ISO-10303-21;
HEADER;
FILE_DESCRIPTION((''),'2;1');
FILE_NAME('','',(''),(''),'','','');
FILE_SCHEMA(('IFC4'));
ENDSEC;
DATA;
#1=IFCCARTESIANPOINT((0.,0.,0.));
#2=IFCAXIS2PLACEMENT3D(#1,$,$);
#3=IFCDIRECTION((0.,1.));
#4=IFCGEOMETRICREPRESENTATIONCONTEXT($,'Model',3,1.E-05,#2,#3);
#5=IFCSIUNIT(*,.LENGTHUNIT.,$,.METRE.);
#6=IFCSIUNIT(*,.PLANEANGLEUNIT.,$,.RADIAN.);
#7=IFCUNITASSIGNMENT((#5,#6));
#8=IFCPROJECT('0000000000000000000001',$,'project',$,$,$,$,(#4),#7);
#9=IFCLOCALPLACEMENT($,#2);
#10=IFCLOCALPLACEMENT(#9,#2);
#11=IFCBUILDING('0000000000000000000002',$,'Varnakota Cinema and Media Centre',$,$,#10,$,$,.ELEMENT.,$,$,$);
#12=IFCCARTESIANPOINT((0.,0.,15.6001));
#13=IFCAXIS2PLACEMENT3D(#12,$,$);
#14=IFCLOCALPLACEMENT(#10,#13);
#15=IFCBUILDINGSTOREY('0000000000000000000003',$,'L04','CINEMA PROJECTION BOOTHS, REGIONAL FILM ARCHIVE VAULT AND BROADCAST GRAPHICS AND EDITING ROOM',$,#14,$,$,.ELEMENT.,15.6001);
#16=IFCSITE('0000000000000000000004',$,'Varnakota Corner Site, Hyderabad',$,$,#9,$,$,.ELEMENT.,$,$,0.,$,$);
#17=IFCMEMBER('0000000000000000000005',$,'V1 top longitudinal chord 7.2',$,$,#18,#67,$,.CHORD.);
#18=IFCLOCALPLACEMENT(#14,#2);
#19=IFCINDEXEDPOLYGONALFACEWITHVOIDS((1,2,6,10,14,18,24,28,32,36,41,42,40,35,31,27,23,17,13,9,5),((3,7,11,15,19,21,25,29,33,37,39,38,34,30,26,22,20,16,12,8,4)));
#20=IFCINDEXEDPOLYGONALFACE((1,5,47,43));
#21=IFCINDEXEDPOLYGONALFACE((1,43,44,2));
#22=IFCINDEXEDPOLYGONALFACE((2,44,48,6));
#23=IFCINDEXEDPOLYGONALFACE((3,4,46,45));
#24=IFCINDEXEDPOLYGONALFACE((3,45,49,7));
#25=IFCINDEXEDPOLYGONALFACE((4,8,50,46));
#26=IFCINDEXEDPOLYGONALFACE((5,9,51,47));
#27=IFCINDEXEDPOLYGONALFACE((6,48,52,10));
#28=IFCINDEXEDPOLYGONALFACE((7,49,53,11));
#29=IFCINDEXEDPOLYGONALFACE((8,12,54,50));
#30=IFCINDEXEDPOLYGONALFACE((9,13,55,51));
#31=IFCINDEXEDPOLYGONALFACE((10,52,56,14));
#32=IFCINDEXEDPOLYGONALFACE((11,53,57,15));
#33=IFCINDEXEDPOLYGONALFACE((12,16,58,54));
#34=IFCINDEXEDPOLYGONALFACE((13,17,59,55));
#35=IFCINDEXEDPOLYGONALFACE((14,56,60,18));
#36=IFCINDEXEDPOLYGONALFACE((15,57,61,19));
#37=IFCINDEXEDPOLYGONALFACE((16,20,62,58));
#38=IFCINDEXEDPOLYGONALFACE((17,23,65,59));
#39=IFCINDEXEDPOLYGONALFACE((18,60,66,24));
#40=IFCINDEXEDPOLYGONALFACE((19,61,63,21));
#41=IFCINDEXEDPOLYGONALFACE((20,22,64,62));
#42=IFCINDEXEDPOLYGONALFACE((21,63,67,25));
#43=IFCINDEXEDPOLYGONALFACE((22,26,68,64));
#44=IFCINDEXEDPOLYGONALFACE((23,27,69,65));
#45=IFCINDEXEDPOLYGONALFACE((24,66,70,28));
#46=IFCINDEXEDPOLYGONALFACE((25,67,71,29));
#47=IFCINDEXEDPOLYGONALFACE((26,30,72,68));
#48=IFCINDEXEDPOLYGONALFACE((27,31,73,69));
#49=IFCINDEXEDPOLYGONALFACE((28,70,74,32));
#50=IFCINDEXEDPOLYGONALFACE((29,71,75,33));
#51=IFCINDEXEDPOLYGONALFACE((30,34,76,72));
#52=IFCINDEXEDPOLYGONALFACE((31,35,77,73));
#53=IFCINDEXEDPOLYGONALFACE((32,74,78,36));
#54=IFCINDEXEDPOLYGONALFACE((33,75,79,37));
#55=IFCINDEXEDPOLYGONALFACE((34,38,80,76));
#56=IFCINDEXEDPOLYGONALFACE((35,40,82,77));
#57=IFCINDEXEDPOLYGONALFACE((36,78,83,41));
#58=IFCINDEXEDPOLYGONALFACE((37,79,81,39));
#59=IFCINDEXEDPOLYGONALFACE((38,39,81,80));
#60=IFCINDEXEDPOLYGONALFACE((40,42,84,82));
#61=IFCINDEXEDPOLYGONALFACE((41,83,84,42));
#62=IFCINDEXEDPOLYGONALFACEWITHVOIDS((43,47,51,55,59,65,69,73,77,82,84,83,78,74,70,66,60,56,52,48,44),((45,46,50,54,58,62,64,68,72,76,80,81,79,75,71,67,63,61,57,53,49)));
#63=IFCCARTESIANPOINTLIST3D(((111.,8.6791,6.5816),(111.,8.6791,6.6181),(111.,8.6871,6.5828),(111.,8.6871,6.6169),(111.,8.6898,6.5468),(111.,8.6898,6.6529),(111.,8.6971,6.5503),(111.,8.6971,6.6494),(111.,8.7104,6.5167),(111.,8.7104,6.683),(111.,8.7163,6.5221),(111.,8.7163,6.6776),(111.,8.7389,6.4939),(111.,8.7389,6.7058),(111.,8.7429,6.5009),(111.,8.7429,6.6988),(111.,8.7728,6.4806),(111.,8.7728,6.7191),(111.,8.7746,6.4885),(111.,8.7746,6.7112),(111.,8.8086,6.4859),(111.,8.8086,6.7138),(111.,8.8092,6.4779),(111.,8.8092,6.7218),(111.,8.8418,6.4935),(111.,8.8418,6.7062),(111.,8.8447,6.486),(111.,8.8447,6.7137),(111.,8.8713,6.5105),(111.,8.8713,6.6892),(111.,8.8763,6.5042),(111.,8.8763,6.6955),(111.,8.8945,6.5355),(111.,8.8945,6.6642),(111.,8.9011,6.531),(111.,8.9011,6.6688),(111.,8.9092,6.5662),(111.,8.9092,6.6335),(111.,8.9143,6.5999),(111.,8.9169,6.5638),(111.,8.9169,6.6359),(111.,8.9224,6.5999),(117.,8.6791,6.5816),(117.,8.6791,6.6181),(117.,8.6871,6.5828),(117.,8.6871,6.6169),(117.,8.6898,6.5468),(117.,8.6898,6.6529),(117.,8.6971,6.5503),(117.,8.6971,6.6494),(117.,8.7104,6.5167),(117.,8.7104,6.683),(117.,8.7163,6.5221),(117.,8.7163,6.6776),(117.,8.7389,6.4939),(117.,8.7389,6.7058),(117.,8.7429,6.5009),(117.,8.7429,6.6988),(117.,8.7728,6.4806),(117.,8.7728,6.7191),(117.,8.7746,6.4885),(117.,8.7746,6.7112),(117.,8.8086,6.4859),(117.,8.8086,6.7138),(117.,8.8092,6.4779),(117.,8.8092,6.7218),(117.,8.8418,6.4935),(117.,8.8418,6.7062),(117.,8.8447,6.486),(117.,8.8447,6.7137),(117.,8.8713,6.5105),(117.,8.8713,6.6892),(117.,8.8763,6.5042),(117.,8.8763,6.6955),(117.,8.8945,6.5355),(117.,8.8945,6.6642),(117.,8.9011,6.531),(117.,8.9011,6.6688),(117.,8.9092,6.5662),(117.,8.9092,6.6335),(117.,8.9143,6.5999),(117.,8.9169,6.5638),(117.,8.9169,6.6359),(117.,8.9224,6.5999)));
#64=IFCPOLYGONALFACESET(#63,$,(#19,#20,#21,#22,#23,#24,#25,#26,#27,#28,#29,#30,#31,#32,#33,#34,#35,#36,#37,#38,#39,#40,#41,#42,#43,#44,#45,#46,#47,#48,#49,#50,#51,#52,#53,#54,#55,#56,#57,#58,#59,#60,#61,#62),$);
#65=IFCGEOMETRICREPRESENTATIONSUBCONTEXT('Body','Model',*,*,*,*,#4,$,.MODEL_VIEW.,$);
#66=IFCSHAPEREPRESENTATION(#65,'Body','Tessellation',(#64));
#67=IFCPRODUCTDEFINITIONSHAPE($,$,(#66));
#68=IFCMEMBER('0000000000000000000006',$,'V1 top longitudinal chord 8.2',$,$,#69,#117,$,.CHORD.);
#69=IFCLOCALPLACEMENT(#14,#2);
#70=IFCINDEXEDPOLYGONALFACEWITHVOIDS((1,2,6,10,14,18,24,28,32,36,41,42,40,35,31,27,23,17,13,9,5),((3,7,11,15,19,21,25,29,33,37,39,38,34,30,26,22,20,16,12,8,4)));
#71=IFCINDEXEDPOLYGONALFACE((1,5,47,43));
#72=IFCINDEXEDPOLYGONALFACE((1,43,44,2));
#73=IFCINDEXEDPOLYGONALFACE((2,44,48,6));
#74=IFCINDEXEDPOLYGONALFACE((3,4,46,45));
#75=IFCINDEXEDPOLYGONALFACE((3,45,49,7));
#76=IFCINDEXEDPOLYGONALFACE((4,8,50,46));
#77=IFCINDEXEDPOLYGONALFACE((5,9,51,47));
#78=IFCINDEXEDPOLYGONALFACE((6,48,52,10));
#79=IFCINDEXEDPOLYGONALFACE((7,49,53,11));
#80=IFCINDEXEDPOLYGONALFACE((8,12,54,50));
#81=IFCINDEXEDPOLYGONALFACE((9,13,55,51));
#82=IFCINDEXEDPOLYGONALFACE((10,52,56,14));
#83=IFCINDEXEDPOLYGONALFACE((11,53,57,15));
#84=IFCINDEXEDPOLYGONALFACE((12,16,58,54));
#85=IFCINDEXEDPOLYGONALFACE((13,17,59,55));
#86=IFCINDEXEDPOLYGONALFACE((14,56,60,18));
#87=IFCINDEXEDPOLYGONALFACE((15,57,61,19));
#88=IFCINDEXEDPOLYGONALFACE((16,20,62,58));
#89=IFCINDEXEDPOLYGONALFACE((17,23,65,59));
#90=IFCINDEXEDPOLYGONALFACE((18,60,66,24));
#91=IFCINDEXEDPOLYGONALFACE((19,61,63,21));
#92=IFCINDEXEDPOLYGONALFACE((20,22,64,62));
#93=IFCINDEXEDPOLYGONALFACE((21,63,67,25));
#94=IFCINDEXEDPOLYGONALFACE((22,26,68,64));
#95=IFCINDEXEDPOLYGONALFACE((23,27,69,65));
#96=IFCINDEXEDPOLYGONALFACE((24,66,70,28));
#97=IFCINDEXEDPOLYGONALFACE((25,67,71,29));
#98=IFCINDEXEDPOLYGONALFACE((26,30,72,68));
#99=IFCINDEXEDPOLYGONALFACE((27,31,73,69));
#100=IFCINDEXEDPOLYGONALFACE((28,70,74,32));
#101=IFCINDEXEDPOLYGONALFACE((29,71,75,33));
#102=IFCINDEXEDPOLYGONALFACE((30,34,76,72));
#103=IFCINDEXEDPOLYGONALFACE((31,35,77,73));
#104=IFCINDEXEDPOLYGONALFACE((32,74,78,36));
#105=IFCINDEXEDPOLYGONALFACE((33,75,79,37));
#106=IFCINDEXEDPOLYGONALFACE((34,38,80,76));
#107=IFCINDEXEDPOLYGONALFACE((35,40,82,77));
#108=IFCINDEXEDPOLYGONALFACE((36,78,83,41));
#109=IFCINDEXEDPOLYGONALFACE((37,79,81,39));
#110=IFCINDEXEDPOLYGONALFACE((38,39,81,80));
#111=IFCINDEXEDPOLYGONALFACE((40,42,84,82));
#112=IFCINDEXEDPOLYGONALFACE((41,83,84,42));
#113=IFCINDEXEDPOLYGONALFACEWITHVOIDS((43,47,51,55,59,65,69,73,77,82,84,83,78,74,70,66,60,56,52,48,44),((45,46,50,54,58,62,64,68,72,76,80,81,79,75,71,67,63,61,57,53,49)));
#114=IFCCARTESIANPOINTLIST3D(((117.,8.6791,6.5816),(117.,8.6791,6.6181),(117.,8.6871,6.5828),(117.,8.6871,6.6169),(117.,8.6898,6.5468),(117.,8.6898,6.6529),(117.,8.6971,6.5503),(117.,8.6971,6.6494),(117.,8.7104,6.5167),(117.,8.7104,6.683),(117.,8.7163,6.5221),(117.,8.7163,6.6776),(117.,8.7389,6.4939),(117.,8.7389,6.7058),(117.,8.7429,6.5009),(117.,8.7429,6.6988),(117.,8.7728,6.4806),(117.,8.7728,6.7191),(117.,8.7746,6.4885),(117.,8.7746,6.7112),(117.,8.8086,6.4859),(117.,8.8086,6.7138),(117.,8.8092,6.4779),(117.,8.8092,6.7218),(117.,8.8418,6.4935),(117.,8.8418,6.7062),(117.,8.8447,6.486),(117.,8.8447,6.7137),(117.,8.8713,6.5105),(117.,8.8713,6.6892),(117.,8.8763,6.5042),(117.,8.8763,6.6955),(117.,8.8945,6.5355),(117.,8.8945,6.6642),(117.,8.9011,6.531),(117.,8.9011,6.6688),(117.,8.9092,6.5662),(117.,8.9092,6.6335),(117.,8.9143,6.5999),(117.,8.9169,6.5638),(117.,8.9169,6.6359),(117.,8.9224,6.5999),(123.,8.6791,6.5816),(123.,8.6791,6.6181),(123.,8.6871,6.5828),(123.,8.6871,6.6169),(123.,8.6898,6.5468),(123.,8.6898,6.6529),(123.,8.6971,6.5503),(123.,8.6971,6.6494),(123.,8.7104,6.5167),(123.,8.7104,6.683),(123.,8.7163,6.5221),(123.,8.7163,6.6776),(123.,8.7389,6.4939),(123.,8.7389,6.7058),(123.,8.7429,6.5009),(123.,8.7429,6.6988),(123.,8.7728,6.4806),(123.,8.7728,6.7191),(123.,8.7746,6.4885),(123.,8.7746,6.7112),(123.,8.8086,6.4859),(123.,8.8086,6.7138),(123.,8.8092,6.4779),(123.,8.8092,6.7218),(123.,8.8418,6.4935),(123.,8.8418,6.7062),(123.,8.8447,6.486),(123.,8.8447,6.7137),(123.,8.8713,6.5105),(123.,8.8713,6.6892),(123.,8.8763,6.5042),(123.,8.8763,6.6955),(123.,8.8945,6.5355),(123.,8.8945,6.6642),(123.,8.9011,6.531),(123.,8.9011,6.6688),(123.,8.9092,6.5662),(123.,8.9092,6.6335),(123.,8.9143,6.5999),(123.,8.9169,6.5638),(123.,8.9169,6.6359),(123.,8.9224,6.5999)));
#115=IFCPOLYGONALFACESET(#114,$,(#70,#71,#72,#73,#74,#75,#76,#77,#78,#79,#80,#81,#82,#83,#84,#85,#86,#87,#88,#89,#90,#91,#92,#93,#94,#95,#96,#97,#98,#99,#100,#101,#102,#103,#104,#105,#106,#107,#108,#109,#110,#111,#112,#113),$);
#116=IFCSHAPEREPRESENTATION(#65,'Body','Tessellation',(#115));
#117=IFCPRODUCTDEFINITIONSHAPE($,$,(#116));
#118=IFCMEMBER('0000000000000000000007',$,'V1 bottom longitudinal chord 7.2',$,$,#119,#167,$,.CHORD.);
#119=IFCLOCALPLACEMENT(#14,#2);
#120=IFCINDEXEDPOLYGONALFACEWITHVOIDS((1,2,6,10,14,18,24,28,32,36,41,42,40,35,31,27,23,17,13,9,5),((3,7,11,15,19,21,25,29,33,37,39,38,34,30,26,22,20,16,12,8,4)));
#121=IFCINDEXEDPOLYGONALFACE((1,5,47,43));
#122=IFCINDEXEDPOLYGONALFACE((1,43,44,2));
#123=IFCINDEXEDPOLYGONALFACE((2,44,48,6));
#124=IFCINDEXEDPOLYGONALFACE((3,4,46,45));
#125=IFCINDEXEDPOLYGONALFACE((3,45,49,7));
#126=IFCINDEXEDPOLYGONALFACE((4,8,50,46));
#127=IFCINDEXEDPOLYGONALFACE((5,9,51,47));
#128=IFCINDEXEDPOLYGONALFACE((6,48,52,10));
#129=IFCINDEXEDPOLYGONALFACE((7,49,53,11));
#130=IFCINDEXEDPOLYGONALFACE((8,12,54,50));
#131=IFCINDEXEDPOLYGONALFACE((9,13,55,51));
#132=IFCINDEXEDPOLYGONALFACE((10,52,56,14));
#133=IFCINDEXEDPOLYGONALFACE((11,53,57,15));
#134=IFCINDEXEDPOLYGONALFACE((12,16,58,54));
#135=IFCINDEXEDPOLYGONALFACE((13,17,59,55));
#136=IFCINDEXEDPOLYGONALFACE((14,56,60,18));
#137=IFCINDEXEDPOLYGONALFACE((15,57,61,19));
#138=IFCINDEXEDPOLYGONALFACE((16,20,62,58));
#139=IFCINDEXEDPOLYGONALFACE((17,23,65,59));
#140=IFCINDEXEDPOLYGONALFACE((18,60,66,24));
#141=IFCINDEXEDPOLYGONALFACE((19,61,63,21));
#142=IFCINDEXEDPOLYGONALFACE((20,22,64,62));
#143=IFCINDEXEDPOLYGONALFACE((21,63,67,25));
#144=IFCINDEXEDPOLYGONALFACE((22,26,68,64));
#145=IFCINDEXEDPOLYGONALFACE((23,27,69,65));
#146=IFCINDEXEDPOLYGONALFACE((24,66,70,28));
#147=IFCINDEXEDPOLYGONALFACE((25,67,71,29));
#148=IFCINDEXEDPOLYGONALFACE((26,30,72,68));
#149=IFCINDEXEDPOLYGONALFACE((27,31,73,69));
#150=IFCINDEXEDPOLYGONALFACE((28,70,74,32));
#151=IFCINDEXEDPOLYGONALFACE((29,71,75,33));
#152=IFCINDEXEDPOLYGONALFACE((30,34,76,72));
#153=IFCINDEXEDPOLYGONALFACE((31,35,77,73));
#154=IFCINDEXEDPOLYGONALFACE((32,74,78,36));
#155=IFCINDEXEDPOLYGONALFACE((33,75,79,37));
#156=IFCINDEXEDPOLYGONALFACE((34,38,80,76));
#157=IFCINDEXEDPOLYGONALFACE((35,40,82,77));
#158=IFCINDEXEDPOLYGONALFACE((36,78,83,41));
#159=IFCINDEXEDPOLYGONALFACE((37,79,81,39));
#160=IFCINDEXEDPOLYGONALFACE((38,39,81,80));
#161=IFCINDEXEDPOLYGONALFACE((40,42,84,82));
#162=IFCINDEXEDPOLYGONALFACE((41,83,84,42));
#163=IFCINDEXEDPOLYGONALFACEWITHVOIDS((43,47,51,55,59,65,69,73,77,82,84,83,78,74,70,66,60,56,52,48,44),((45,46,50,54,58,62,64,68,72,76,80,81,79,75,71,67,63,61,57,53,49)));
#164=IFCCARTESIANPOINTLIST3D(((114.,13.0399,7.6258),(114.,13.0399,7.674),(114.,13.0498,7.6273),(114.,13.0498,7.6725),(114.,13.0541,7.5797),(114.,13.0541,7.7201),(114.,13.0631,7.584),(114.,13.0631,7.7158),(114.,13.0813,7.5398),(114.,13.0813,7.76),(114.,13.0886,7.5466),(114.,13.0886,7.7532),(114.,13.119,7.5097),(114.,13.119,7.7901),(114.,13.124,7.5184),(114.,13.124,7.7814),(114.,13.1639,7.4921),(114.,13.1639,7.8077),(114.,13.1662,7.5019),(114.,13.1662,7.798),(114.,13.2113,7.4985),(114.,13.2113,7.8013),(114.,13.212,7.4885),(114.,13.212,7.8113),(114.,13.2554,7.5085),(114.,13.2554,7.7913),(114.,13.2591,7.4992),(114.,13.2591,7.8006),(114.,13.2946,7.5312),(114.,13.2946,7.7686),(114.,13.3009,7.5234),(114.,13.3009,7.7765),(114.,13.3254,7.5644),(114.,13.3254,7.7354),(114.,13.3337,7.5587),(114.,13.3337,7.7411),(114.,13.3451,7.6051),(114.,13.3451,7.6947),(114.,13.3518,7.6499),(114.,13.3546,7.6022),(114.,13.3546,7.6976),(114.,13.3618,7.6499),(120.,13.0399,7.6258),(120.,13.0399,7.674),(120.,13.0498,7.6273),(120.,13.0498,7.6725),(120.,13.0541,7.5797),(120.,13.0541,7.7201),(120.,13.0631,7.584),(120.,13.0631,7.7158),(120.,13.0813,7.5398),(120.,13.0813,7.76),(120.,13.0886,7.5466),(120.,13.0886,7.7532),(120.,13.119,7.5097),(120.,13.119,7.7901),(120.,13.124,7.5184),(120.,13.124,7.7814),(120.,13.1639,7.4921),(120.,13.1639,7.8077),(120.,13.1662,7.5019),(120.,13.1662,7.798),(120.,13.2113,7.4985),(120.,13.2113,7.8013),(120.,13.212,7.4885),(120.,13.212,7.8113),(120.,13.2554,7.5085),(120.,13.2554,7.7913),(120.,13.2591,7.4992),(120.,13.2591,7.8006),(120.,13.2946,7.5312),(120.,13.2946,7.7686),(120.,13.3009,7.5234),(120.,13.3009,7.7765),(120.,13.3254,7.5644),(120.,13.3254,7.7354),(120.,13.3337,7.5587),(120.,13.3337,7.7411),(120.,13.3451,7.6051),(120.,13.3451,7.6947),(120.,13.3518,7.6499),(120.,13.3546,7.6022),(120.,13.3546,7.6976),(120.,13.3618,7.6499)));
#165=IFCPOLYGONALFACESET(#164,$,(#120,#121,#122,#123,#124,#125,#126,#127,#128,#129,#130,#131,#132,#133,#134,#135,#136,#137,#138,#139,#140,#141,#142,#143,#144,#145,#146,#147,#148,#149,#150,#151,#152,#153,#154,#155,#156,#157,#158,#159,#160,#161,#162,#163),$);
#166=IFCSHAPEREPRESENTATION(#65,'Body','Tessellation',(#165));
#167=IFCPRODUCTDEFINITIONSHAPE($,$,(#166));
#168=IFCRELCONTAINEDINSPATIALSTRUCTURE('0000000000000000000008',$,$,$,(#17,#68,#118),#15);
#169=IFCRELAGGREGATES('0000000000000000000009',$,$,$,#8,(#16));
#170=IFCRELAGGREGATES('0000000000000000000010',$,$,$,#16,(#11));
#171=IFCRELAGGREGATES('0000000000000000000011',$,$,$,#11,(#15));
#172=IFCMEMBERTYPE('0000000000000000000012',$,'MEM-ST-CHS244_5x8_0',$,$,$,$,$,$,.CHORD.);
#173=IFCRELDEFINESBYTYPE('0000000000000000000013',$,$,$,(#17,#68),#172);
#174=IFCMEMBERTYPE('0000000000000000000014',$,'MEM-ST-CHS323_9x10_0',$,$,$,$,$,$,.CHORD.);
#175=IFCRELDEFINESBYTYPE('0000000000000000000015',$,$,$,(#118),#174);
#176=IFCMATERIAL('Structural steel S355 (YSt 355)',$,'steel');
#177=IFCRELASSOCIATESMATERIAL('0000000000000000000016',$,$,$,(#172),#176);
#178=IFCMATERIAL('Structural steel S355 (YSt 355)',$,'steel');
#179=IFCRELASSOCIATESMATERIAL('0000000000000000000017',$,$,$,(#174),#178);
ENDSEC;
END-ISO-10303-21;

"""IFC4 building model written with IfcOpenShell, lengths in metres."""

from ifc_helpers import new_model, si_unit, direction, frame, origin, origin_2d, place, context, subcontext, project, spatial, hollow_circle, extrude, material, material_profile, profile_set, type_object, element, save


model = new_model("IFC4")

# Units and contexts
model_context = context("Model", 3, precision=1e-05, world=origin(), true_north=direction((0.0, 1.0)))
body_context = subcontext(model_context, "Body", "Model", "MODEL_VIEW")
ifc_project = project(units=[si_unit("LENGTHUNIT", "METRE"), si_unit("PLANEANGLEUNIT", "RADIAN")], contexts=[model_context])

# Site, building, storey
site_placement = place(None, origin())
site = spatial("IfcSite", under=ifc_project, at=site_placement, Name="Varnakota Corner Site, Hyderabad", CompositionType="ELEMENT", RefElevation=0.0)
building_placement = place(site_placement, origin())
building = spatial("IfcBuilding", under=site, at=building_placement, Name="Varnakota Cinema and Media Centre", CompositionType="ELEMENT")
storey_placement = place(building_placement, frame((0.0, 0.0, 15.6001)))
storey = spatial("IfcBuildingStorey", under=building, at=storey_placement, Name="L04", Description="CINEMA PROJECTION BOOTHS, REGIONAL FILM ARCHIVE VAULT AND BROADCAST GRAPHICS AND EDITING ROOM", CompositionType="ELEMENT", Elevation=15.6001)

# Members
ifc_material_1 = material(Name="Structural steel S355 (YSt 355)", Category="steel")
ifc_material_profile_1 = material_profile(ifc_material_1, hollow_circle(Radius=0.1223, WallThickness=0.0081, at=origin_2d()), Name="CHS 244.5x8.0")
ifc_profile_set_1 = profile_set([ifc_material_profile_1], Name="Structural steel S355 (YSt 355)")
member_type_1 = type_object("IfcMemberType", Name="MEM-ST-CHS244_5x8_0", PredefinedType="CHORD", material=ifc_profile_set_1)
for number, where, z_axis, x_axis, name in (
    (1, (111.0, 8.8, 6.5999), (1.0, 0.0, 0.0), (0.0, 1.0, 0.0), "V1 top longitudinal chord 7.2"),
    (2, (117.0, 8.8, 6.5999), (1.0, 0.0, 0.0), (0.0, 1.0, 0.0), "V1 top longitudinal chord 8.2"),
):
    element("IfcMember", number, at=place(storey_placement, frame(where, z_axis=z_axis, x_axis=x_axis)), inside=storey, type_object=member_type_1, Name=name, PredefinedType="CHORD", context=body_context, shape_type="SweptSolid", body=[
        extrude(hollow_circle(Radius=0.1223, WallThickness=0.0081, at=origin_2d()), origin(), (0.0, 0.0, 1.0), 6.0),
    ])
ifc_material_2 = material(Name="Structural steel S355 (YSt 355)", Category="steel")
ifc_material_profile_2 = material_profile(ifc_material_2, hollow_circle(Radius=0.1619, WallThickness=0.01, at=origin_2d()), Name="CHS 323.9x10.0")
ifc_profile_set_2 = profile_set([ifc_material_profile_2], Name="Structural steel S355 (YSt 355)")
member_type_2 = type_object("IfcMemberType", Name="MEM-ST-CHS323_9x10_0", PredefinedType="CHORD", material=ifc_profile_set_2)
member_1_placement = place(storey_placement, frame((114.0, 13.2, 7.6499), z_axis=(1.0, 0.0, 0.0), x_axis=(0.0, 1.0, 0.0)))
element("IfcMember", 3, at=member_1_placement, inside=storey, type_object=member_type_2, Name="V1 bottom longitudinal chord 7.2", PredefinedType="CHORD", context=body_context, shape_type="SweptSolid", body=[
    extrude(hollow_circle(Radius=0.1619, WallThickness=0.01, at=origin_2d()), origin(), (0.0, 0.0, 1.0), 6.0),
])

save(model, "model.ifc")
